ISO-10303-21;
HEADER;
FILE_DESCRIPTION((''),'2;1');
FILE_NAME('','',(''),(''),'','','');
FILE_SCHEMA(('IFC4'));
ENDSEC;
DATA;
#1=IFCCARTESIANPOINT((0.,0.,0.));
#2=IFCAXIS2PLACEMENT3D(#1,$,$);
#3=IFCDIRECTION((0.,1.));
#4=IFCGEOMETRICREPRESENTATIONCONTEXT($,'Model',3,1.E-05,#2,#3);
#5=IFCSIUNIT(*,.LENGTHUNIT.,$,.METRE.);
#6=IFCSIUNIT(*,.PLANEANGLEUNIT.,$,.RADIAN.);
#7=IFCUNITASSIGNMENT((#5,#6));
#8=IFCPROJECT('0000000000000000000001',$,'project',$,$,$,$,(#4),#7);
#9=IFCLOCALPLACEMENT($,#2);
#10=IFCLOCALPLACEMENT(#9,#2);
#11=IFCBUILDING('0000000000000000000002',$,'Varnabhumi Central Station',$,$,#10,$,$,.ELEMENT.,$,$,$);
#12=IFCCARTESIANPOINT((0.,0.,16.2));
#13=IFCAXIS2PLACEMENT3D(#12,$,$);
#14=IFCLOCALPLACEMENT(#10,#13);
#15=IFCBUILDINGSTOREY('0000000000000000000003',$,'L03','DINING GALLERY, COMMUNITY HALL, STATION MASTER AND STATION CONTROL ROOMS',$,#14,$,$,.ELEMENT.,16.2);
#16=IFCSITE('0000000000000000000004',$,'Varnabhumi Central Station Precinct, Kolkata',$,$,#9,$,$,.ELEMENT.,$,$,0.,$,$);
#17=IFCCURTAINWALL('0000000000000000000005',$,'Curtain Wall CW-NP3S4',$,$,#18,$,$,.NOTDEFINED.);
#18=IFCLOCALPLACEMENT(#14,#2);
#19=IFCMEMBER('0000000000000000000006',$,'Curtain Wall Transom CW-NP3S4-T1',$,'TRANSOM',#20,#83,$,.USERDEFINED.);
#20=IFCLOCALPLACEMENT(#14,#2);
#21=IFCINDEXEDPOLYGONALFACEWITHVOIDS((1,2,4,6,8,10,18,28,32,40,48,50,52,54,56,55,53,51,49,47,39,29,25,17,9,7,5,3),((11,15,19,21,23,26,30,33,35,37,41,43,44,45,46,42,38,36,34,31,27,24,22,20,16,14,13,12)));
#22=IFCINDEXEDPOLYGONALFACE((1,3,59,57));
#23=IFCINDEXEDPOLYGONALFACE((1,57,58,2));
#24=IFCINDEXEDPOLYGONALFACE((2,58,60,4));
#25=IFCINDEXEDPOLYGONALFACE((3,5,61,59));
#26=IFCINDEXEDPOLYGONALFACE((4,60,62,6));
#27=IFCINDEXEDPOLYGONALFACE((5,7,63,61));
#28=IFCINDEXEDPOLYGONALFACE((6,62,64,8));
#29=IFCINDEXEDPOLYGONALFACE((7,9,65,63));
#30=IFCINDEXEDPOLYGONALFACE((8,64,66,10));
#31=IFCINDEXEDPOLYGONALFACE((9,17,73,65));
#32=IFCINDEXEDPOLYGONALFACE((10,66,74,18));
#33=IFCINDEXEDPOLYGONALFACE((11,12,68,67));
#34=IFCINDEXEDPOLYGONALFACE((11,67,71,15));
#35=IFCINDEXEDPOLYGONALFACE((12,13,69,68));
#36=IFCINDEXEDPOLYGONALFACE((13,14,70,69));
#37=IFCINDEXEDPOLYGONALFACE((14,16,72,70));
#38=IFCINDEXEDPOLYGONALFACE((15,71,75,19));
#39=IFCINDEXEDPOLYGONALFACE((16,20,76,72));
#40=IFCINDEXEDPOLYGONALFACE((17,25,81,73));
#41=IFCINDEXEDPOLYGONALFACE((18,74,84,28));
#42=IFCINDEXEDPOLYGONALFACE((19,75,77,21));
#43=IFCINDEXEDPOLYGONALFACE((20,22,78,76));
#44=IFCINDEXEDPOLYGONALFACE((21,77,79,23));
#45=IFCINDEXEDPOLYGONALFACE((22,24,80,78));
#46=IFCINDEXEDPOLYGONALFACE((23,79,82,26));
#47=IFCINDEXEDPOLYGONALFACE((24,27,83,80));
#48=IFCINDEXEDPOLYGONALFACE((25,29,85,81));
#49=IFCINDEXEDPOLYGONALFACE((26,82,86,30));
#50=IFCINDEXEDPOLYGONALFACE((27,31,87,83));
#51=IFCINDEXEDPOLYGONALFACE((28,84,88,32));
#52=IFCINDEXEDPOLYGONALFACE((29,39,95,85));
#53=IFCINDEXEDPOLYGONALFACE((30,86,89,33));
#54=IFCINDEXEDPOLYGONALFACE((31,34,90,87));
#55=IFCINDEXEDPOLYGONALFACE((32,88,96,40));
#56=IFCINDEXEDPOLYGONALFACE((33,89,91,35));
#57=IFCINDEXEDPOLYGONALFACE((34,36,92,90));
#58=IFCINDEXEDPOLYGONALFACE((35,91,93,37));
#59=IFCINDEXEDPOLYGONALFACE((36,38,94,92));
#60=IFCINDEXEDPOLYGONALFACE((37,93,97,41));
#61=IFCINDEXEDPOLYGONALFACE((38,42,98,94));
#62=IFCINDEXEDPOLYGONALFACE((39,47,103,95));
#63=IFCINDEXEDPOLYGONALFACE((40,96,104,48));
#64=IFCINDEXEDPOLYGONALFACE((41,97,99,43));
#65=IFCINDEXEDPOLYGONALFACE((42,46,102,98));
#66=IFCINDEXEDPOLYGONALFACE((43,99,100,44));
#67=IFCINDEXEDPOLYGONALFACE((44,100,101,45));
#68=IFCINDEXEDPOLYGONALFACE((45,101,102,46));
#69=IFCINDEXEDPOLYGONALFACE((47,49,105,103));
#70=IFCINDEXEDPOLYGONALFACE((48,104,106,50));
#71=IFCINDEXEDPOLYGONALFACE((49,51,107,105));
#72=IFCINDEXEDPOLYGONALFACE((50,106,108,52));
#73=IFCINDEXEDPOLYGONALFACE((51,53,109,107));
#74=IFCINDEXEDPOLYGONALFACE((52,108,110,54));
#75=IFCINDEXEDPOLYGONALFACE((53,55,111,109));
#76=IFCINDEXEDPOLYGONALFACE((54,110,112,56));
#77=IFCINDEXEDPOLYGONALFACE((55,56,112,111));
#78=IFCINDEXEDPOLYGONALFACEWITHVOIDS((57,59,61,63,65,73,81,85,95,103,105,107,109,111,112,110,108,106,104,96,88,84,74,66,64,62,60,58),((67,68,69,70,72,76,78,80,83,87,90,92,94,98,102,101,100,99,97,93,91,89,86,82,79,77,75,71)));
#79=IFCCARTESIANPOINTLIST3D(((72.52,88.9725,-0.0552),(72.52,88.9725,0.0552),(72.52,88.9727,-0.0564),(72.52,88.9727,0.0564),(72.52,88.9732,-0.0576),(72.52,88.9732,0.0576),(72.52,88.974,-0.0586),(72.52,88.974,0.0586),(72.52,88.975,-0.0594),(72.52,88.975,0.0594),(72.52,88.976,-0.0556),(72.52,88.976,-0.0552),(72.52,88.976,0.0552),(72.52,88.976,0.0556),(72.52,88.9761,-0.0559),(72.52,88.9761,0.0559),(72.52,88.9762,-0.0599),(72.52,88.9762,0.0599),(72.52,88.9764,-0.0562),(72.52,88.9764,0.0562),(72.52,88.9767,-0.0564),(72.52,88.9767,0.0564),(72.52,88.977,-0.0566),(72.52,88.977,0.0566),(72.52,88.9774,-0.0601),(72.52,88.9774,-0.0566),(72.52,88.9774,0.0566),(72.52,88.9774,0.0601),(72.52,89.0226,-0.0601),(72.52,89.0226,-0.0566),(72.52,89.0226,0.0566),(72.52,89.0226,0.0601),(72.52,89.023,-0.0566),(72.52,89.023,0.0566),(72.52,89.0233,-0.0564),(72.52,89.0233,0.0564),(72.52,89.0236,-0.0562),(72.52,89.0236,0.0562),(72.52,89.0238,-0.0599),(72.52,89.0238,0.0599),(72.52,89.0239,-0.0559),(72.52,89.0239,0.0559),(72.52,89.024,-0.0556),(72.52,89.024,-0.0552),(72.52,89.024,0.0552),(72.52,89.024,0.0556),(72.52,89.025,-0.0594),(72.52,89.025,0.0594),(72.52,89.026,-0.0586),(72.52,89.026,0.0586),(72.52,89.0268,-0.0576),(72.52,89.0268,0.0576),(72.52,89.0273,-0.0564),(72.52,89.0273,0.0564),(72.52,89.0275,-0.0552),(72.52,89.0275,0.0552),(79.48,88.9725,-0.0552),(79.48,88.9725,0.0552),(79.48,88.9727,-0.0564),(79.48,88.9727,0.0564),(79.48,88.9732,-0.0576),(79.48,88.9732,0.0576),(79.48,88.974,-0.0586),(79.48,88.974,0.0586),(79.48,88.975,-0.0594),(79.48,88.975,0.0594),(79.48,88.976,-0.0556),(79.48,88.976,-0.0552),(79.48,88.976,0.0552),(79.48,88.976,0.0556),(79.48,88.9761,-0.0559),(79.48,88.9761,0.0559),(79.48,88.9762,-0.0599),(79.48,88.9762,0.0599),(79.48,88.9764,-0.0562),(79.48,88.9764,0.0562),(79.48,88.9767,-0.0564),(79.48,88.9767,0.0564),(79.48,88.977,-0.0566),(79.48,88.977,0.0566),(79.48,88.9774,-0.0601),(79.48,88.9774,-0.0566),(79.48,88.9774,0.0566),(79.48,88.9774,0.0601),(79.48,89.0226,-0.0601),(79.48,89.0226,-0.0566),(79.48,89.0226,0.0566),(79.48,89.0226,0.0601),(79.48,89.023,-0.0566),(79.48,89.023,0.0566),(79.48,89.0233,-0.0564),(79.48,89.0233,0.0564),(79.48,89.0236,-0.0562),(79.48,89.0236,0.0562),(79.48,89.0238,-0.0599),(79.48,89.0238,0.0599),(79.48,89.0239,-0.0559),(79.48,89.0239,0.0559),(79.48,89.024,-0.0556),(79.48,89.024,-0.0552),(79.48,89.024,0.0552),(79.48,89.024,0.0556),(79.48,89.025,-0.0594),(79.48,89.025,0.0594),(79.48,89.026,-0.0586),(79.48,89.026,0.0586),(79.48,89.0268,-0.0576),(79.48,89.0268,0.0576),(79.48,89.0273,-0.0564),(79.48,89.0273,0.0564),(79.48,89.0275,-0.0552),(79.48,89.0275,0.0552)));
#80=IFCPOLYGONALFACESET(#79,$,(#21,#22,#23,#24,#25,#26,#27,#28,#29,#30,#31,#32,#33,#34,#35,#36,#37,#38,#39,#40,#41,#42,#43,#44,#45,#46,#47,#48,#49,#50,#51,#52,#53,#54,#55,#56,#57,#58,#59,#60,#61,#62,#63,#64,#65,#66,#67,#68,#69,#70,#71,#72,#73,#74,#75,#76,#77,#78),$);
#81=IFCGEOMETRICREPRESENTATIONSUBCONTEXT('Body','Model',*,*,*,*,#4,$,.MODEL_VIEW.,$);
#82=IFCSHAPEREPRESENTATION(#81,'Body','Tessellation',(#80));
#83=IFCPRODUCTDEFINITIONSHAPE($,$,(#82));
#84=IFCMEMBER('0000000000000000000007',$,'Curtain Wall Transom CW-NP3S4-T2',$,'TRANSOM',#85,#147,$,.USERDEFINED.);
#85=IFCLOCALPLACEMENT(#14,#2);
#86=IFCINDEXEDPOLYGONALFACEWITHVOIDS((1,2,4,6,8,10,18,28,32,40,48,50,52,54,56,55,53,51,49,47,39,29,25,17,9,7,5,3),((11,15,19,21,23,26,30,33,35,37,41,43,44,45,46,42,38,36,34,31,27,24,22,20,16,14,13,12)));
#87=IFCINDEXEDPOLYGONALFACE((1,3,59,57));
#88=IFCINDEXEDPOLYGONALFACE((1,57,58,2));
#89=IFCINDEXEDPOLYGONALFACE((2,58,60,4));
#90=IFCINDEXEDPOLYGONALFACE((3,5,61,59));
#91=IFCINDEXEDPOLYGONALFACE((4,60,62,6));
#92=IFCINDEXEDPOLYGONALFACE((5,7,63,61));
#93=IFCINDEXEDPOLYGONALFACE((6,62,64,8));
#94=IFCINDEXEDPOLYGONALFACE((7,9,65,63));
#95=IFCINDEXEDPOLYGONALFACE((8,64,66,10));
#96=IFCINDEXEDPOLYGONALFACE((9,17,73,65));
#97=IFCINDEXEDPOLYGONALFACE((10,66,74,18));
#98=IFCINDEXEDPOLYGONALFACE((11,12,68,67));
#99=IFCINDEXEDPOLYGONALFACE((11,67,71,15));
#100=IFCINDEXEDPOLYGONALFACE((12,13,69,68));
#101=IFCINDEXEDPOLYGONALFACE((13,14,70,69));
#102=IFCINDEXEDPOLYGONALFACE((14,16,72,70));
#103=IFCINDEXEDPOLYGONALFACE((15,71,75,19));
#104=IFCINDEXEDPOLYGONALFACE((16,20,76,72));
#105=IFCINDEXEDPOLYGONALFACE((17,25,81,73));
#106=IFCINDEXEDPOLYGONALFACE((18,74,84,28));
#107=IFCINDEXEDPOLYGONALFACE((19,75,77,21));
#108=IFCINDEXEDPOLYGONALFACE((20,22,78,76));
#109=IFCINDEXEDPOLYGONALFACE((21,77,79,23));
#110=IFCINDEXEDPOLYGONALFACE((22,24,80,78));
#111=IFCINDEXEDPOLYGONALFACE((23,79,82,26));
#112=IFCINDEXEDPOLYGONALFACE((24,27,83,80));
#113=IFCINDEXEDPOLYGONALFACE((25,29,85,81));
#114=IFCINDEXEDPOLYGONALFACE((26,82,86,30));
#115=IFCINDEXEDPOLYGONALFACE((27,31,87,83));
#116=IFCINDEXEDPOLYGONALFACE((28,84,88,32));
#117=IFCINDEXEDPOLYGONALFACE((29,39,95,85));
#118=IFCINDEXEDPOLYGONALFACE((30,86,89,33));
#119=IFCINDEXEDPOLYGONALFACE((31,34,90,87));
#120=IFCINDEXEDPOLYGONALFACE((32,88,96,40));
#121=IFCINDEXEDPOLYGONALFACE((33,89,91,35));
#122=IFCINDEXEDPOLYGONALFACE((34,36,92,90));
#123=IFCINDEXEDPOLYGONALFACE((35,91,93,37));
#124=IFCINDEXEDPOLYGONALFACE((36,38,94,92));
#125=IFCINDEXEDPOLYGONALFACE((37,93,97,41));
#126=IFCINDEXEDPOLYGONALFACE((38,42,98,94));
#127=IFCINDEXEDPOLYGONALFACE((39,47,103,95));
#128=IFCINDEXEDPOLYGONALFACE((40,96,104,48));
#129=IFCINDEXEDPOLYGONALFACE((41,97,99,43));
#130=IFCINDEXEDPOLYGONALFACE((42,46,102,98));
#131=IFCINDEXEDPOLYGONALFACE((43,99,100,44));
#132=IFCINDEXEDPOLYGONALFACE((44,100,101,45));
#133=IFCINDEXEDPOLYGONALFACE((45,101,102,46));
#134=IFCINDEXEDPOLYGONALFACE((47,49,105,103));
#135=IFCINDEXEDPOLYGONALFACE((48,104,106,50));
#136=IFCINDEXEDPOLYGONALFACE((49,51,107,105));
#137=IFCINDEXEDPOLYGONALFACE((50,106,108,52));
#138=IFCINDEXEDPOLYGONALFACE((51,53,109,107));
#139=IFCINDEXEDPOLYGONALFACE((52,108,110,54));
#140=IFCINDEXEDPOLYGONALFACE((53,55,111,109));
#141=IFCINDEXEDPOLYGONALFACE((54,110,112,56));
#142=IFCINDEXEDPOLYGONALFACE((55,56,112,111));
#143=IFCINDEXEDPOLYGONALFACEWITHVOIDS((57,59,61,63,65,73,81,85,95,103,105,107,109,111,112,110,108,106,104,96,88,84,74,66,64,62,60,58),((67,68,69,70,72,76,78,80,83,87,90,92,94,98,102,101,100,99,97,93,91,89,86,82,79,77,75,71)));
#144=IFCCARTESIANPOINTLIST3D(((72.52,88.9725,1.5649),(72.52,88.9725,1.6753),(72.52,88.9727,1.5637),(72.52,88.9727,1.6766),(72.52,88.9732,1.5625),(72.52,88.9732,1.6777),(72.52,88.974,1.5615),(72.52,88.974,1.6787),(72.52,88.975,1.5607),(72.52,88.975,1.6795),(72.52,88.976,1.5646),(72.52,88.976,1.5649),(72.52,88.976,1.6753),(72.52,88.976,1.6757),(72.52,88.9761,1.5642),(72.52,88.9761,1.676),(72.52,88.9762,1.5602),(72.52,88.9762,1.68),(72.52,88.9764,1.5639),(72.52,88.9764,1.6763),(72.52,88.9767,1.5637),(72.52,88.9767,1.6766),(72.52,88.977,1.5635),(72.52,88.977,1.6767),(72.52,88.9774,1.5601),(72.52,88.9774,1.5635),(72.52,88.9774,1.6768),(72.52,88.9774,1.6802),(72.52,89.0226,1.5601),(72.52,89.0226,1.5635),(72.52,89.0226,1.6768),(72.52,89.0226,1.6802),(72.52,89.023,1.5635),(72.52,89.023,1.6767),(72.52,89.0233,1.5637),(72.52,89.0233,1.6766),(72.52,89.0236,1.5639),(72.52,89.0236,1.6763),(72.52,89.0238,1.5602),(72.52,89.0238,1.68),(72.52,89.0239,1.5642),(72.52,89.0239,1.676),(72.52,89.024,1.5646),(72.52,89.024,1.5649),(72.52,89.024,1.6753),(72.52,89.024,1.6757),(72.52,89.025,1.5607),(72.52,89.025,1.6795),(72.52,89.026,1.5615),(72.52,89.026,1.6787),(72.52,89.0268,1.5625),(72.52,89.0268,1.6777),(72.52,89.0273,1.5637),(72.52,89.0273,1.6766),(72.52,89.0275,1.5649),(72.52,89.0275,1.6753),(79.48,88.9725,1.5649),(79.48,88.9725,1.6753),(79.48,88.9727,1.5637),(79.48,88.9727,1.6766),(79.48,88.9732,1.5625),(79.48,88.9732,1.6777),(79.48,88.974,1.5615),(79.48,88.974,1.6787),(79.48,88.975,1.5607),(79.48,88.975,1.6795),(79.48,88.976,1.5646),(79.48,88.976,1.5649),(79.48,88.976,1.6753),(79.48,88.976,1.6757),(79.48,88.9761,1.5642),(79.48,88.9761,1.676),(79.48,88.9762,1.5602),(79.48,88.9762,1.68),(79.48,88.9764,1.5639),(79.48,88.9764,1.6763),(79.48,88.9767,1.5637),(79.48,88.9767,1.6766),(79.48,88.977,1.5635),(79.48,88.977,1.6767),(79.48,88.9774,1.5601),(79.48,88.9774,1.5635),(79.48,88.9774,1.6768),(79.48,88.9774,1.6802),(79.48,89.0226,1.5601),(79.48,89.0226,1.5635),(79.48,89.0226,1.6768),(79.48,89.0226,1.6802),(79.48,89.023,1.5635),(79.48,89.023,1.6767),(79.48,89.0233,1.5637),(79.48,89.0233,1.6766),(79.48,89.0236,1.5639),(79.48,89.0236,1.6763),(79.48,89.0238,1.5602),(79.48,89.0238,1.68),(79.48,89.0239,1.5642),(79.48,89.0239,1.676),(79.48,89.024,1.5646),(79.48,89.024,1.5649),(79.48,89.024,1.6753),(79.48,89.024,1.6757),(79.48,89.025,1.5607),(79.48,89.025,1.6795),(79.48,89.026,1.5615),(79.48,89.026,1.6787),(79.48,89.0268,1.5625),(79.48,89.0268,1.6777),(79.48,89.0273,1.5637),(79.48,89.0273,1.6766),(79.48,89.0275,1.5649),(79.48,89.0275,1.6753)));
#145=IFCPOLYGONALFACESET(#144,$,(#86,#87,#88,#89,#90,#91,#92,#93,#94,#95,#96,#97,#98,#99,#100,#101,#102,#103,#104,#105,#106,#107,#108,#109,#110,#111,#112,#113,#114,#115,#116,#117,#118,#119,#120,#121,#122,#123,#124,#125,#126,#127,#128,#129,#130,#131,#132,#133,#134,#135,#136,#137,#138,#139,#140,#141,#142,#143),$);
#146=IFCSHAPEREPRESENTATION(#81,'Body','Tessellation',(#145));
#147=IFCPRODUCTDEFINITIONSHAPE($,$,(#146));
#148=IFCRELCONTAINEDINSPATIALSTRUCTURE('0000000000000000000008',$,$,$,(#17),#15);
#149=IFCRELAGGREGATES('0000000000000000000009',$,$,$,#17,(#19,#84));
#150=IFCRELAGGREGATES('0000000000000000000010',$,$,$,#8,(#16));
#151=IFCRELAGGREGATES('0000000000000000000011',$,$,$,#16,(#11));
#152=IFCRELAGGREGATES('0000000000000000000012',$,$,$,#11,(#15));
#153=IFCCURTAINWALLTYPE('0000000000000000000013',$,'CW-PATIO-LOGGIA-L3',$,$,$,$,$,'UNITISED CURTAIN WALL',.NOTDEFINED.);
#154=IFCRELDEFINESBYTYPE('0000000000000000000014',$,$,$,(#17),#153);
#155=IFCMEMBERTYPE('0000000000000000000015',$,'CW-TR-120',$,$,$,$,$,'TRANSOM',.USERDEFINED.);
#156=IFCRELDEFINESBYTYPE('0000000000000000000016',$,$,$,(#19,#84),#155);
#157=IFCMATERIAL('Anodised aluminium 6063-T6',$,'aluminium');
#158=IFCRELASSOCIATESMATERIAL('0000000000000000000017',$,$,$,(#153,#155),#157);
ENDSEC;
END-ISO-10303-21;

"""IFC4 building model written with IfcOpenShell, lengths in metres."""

from ifc_helpers import new_model, si_unit, direction, frame, origin, origin_2d, place, context, subcontext, project, spatial, hollow_rectangle, extrude, material, material_profile, profile_set, type_object, element, aggregate, save


model = new_model("IFC4")

# Units and contexts
model_context = context("Model", 3, precision=1e-05, world=origin(), true_north=direction((0.0, 1.0)))
body_context = subcontext(model_context, "Body", "Model", "MODEL_VIEW")
ifc_project = project(units=[si_unit("LENGTHUNIT", "METRE"), si_unit("PLANEANGLEUNIT", "RADIAN")], contexts=[model_context])

# Site, building, storey
site_placement = place(None, origin())
site = spatial("IfcSite", under=ifc_project, at=site_placement, Name="Varnabhumi Central Station Precinct, Kolkata", CompositionType="ELEMENT", RefElevation=0.0)
building_placement = place(site_placement, origin())
building = spatial("IfcBuilding", under=site, at=building_placement, Name="Varnabhumi Central Station", CompositionType="ELEMENT")
storey_placement = place(building_placement, frame((0.0, 0.0, 16.2)))
storey = spatial("IfcBuildingStorey", under=building, at=storey_placement, Name="L03", Description="DINING GALLERY, COMMUNITY HALL, STATION MASTER AND STATION CONTROL ROOMS", CompositionType="ELEMENT", Elevation=16.2)

# Curtain wall, members
ifc_material_1 = material(Name="Anodised aluminium 6063-T6", Category="aluminium")
curtain_wall_type_1 = type_object("IfcCurtainWallType", Name="CW-PATIO-LOGGIA-L3", ElementType="UNITISED CURTAIN WALL", PredefinedType="NOTDEFINED", material=ifc_material_1)
curtain_wall_1_placement = place(storey_placement, origin())
curtain_wall_1 = element("IfcCurtainWall", 1, at=curtain_wall_1_placement, inside=storey, type_object=curtain_wall_type_1, Name="Curtain Wall CW-NP3S4", PredefinedType="NOTDEFINED")
ifc_material_profile_1 = material_profile(ifc_material_1, hollow_rectangle(XDim=0.0549, YDim=0.1201, WallThickness=0.0034, InnerFilletRadius=0.0015, OuterFilletRadius=0.0049, at=origin_2d()), Name="Anodised aluminium 6063-T6", Category="aluminium")
ifc_profile_set_1 = profile_set([ifc_material_profile_1], Name="Anodised aluminium 6063-T6")
member_type_1 = type_object("IfcMemberType", Name="CW-TR-120", ElementType="TRANSOM", PredefinedType="USERDEFINED", material=ifc_profile_set_1)
member_1_placement = place(storey_placement, frame((72.52, 89.0, 0.0), z_axis=(1.0, 0.0, 0.0), x_axis=(0.0, 1.0, 0.0)))
member_1 = element("IfcMember", 2, at=member_1_placement, type_object=member_type_1, Name="Curtain Wall Transom CW-NP3S4-T1", ObjectType="TRANSOM", PredefinedType="USERDEFINED", context=body_context, shape_type="SweptSolid", body=[
    extrude(hollow_rectangle(XDim=0.0549, YDim=0.1201, WallThickness=0.0034, InnerFilletRadius=0.0015, OuterFilletRadius=0.0049, at=origin_2d()), origin(), (0.0, 0.0, 1.0), 6.96),
])
member_2_placement = place(storey_placement, frame((72.52, 89.0, 1.6201), z_axis=(1.0, 0.0, 0.0), x_axis=(0.0, 1.0, 0.0)))
member_2 = element("IfcMember", 3, at=member_2_placement, type_object=member_type_1, Name="Curtain Wall Transom CW-NP3S4-T2", ObjectType="TRANSOM", PredefinedType="USERDEFINED", context=body_context, shape_type="SweptSolid", body=[
    extrude(hollow_rectangle(XDim=0.0549, YDim=0.1201, WallThickness=0.0034, InnerFilletRadius=0.0015, OuterFilletRadius=0.0049, at=origin_2d()), origin(), (0.0, 0.0, 1.0), 6.96),
])

aggregate(curtain_wall_1, [member_1, member_2])

save(model, "model.ifc")
